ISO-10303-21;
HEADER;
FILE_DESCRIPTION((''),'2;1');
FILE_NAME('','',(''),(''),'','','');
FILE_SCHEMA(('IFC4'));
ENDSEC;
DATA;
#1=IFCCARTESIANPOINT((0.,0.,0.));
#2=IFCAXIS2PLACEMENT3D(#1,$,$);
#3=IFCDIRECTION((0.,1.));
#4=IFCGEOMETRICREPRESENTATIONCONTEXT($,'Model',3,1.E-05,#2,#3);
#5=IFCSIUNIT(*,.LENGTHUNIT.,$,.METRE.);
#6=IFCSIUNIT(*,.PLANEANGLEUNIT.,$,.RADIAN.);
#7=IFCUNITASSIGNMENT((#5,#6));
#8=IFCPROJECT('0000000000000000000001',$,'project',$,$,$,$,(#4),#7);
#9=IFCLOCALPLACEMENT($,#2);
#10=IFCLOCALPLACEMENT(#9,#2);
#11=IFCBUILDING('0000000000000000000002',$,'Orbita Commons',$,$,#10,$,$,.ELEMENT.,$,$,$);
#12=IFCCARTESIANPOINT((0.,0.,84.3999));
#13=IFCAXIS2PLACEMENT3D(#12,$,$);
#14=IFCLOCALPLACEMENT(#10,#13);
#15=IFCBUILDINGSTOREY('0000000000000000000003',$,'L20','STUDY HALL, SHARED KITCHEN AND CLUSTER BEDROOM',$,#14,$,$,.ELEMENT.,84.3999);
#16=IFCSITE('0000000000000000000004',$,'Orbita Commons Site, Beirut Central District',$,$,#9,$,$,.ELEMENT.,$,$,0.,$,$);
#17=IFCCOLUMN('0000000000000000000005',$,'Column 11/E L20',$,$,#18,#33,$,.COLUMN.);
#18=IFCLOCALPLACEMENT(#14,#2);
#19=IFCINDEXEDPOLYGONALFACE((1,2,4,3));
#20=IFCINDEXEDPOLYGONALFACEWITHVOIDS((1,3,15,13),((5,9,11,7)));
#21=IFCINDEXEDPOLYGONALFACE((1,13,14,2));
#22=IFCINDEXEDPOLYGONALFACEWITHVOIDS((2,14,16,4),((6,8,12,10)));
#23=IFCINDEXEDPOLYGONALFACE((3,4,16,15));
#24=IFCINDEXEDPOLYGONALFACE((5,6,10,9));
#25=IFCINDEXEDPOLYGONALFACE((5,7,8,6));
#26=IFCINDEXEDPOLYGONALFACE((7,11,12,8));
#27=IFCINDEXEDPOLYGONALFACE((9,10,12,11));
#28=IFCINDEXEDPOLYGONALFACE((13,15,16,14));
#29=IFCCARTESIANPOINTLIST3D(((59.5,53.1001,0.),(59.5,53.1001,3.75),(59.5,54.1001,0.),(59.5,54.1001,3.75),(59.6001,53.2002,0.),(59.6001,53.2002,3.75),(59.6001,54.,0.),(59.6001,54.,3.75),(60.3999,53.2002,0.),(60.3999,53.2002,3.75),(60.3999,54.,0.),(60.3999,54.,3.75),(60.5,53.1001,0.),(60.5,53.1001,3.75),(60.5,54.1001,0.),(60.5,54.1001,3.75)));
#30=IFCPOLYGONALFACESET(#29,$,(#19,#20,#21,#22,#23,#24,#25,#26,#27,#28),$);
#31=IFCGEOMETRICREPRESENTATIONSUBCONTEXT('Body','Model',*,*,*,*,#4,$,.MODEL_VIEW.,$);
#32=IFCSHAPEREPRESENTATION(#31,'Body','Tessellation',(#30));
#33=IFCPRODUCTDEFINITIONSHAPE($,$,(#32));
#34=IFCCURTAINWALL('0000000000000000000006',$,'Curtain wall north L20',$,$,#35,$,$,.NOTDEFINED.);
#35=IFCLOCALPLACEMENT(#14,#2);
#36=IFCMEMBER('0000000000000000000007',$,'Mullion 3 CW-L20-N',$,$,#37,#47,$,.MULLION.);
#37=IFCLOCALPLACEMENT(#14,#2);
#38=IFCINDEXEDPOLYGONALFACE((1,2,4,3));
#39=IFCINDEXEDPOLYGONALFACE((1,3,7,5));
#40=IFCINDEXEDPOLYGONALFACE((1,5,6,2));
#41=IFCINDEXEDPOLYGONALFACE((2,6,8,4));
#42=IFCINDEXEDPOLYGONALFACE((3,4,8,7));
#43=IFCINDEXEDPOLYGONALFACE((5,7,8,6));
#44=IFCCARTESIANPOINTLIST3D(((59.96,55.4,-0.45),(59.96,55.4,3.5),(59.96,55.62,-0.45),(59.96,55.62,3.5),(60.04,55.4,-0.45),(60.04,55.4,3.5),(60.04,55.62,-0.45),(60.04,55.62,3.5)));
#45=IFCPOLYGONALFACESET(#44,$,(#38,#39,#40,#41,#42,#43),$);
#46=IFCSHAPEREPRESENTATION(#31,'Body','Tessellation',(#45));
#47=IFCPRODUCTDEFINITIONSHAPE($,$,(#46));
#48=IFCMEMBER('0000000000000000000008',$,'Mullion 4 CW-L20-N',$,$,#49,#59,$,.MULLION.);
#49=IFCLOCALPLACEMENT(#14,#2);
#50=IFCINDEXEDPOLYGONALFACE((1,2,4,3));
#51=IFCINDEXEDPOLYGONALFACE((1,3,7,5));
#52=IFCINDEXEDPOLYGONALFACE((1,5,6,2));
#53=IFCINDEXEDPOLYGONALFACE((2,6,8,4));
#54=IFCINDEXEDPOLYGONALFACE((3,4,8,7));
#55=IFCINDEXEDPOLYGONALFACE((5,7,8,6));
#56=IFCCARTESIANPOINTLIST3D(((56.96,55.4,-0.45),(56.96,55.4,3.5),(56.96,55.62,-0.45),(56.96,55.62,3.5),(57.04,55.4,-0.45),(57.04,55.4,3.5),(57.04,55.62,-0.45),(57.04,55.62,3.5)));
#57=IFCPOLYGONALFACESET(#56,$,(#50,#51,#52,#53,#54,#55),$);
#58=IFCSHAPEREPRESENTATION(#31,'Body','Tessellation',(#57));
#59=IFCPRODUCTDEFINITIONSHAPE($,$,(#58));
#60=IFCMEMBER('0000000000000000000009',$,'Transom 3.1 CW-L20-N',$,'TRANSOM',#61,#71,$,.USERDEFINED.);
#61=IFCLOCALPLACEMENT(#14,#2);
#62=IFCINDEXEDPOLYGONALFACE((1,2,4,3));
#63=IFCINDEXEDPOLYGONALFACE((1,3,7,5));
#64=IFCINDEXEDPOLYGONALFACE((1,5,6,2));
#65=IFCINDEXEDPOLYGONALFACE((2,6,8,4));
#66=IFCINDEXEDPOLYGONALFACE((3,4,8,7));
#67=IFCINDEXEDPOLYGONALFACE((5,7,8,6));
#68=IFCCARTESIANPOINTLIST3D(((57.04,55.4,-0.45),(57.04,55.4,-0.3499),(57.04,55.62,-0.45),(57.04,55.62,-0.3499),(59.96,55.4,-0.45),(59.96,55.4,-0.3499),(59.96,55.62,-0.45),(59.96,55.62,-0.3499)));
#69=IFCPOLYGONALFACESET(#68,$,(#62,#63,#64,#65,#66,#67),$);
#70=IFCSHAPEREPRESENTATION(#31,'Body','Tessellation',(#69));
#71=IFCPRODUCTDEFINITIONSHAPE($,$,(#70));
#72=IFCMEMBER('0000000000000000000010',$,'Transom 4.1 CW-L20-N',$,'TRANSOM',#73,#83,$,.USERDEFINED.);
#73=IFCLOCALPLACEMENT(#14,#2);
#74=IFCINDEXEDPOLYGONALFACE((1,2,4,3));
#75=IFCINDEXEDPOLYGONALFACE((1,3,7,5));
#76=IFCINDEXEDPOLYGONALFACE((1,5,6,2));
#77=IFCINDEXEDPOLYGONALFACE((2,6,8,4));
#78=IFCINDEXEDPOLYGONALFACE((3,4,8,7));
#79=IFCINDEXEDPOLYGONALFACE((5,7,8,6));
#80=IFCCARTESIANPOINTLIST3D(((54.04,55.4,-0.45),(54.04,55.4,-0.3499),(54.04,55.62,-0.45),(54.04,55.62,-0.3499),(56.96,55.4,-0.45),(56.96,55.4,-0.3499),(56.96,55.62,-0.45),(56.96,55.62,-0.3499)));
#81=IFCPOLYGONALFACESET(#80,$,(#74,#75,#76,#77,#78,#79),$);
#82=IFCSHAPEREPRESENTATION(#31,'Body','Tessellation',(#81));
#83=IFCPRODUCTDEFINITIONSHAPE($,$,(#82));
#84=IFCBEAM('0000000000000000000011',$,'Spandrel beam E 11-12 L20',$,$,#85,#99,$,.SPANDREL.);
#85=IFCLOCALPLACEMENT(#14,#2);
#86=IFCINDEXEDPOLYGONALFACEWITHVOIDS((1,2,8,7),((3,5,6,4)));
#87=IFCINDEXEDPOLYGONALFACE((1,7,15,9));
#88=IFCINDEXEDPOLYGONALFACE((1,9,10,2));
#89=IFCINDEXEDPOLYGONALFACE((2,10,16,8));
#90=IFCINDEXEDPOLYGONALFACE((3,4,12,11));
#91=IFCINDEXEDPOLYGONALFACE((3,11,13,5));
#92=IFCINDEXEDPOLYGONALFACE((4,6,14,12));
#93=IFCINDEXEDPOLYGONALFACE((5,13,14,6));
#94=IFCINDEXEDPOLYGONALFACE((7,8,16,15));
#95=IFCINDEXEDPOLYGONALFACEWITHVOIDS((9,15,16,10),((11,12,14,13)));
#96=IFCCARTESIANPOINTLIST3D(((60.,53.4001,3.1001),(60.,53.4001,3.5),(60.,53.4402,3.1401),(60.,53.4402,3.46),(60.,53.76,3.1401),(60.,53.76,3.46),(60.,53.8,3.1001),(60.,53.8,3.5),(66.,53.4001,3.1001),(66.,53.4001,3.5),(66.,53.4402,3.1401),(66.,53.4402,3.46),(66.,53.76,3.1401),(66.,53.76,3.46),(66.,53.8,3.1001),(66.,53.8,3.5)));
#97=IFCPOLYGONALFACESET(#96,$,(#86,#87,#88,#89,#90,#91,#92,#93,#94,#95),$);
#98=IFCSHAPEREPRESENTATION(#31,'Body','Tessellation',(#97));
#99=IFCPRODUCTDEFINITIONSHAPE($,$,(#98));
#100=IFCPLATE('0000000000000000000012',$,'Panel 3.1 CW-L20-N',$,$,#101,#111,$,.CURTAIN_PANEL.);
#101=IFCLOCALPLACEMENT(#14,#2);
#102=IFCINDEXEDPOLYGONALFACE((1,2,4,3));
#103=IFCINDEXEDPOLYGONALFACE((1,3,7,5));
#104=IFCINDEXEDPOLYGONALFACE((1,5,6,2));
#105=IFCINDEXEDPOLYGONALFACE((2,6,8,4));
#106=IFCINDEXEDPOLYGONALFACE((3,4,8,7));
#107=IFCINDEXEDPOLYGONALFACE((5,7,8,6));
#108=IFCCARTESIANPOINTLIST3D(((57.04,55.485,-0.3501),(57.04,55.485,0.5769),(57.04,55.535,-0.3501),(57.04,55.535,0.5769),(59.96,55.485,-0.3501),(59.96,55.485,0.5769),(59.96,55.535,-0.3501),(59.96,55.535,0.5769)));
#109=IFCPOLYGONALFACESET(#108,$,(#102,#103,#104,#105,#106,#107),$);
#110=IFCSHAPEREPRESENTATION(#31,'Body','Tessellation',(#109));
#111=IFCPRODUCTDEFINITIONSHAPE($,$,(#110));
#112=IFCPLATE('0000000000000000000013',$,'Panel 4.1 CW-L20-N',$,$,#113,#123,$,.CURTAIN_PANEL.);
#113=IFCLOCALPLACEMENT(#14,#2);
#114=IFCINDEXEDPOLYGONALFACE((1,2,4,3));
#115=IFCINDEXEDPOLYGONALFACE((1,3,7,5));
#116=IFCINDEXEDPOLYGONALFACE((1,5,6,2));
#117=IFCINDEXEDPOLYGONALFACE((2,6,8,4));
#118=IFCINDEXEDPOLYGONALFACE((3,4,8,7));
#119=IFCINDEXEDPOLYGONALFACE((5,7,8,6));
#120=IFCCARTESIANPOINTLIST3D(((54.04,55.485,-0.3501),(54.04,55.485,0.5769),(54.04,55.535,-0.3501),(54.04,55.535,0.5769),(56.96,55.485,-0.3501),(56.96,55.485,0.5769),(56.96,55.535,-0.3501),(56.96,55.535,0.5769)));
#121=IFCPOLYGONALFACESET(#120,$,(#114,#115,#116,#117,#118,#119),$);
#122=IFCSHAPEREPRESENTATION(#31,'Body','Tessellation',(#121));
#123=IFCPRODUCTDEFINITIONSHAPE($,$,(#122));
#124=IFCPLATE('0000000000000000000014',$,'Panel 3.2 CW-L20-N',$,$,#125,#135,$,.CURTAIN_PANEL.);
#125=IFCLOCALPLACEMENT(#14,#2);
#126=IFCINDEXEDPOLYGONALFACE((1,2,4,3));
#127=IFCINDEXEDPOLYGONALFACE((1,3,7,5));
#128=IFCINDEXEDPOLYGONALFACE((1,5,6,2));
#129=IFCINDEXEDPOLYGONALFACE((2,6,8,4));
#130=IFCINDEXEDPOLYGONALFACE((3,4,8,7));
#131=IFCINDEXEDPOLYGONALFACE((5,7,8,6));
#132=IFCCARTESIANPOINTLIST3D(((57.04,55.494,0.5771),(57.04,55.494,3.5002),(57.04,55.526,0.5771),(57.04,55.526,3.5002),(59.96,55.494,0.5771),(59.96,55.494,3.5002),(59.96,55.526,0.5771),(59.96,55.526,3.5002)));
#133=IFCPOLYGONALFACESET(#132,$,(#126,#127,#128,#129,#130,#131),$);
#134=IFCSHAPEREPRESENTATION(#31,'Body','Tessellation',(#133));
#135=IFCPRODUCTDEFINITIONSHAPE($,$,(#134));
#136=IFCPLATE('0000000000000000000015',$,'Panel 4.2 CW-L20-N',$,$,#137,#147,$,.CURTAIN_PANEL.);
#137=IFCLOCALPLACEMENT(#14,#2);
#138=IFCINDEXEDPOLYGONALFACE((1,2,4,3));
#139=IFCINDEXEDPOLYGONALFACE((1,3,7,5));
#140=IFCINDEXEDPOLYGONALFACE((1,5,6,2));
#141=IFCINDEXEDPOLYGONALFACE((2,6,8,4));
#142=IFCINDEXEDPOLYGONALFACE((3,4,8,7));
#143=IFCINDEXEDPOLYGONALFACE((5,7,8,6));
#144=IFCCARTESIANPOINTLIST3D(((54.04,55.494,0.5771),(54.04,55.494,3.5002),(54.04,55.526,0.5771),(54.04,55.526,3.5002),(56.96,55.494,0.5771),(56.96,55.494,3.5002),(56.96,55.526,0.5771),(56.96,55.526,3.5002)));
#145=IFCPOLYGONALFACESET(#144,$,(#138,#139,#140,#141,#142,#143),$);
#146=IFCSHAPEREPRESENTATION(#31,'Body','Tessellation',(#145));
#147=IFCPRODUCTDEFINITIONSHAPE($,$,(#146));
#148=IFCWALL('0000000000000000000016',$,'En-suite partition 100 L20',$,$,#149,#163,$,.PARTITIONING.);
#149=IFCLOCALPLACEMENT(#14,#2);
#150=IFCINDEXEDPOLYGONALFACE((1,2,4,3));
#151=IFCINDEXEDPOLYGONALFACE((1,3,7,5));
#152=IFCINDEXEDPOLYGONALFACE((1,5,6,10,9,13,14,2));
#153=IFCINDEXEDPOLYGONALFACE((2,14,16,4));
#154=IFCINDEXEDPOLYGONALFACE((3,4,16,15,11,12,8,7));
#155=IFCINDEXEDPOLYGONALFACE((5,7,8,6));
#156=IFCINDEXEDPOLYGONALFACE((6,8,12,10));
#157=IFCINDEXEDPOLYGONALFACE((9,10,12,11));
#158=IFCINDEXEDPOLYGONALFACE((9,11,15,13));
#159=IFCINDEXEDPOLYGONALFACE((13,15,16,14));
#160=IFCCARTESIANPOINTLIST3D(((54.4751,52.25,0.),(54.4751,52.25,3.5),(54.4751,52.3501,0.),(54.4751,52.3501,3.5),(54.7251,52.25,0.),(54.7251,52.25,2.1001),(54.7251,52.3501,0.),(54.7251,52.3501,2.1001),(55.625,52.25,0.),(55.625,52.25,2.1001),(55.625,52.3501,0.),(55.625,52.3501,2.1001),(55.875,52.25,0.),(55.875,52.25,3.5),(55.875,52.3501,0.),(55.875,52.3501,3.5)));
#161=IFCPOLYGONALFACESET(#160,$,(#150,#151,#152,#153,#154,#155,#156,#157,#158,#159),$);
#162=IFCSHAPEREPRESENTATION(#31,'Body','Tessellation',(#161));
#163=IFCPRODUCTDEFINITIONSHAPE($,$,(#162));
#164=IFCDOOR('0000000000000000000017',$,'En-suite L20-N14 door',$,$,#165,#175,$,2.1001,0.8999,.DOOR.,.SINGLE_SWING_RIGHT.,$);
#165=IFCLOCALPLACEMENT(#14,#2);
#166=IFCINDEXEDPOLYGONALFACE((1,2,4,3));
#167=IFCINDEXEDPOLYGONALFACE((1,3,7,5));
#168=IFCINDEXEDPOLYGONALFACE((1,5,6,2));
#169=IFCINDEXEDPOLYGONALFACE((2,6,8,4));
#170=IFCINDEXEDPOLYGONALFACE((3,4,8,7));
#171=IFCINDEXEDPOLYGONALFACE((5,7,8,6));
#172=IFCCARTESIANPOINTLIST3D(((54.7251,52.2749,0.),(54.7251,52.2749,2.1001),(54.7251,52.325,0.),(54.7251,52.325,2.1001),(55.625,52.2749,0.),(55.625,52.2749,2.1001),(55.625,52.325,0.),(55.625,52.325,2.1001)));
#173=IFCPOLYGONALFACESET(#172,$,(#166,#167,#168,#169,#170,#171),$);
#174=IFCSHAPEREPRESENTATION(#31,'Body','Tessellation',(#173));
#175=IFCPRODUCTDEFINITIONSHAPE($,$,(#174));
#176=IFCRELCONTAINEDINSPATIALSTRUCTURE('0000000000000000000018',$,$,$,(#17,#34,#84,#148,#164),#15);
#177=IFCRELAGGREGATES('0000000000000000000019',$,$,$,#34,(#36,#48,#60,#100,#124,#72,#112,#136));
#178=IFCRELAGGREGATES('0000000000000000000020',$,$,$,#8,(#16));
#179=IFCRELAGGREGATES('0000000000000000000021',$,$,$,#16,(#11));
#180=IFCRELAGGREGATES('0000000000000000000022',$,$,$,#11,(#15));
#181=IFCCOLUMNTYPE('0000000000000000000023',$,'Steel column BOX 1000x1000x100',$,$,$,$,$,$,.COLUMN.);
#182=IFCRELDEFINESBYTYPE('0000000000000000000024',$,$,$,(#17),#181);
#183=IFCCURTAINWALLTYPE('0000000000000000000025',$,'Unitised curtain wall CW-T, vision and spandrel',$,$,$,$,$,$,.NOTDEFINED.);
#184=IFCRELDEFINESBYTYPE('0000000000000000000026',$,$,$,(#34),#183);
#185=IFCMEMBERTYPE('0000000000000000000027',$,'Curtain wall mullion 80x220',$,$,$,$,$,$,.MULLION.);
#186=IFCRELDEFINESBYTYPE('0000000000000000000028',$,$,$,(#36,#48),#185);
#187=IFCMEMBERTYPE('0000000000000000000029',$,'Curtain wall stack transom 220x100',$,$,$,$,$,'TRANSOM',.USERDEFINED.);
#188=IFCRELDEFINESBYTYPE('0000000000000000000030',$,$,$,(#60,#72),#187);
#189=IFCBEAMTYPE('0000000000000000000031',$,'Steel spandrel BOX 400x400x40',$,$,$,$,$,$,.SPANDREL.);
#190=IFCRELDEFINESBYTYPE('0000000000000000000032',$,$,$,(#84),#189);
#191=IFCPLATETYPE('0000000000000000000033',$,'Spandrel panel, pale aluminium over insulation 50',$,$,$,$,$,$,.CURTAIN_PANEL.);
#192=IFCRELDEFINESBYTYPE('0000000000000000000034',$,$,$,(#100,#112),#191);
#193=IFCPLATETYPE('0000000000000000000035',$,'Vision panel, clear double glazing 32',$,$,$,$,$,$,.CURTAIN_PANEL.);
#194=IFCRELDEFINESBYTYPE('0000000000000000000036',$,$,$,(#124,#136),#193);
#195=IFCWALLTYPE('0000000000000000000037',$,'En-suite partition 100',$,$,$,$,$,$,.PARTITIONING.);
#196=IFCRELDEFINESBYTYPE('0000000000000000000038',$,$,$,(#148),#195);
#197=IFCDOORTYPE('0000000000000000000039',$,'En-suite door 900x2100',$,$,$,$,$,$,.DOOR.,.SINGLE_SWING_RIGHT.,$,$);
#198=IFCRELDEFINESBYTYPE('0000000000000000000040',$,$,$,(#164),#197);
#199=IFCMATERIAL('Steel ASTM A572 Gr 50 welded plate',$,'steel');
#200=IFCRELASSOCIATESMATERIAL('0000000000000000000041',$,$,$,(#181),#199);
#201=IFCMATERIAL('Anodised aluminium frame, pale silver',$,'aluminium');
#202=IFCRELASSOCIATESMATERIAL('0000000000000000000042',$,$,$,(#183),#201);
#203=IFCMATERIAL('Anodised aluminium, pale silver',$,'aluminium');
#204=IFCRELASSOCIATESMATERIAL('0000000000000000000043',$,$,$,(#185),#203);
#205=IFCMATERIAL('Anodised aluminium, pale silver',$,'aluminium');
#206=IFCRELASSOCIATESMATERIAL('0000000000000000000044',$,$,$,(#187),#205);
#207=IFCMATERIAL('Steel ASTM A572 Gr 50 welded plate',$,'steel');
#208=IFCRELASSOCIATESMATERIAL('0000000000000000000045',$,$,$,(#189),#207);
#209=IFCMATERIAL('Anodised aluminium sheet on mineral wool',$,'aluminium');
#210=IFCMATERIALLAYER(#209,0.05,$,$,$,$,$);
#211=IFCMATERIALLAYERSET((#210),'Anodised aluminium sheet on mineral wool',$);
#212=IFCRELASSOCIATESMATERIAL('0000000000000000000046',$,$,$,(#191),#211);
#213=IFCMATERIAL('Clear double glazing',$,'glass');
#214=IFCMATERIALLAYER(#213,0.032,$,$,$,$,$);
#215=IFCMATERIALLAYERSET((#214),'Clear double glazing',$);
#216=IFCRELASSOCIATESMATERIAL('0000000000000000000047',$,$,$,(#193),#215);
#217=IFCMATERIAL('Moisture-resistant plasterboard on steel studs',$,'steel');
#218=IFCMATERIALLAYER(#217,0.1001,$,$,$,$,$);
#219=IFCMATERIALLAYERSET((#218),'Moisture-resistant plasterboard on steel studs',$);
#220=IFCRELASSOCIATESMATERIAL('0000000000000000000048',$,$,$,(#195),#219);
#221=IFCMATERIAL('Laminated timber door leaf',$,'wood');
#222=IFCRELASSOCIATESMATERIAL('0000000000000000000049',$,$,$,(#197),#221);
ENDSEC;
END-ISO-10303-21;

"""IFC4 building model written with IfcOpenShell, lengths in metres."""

from ifc_helpers import new_model, si_unit, direction, frame, frame_2d, origin, origin_2d, place, context, subcontext, project, spatial, rectangle, hollow_rectangle, extrude, material, layer, layer_set, material_profile, profile_set, type_object, element, fill, aggregate, save


model = new_model("IFC4")

# Units and contexts
model_context = context("Model", 3, precision=1e-05, world=origin(), true_north=direction((0.0, 1.0)))
body_context = subcontext(model_context, "Body", "Model", "MODEL_VIEW")
ifc_project = project(units=[si_unit("LENGTHUNIT", "METRE"), si_unit("PLANEANGLEUNIT", "RADIAN")], contexts=[model_context])

# Site, building, storey
site_placement = place(None, origin())
site = spatial("IfcSite", under=ifc_project, at=site_placement, Name="Orbita Commons Site, Beirut Central District", CompositionType="ELEMENT", RefElevation=0.0)
building_placement = place(site_placement, origin())
building = spatial("IfcBuilding", under=site, at=building_placement, Name="Orbita Commons", CompositionType="ELEMENT")
storey_placement = place(building_placement, frame((0.0, 0.0, 84.3999)))
storey = spatial("IfcBuildingStorey", under=building, at=storey_placement, Name="L20", Description="STUDY HALL, SHARED KITCHEN AND CLUSTER BEDROOM", CompositionType="ELEMENT", Elevation=84.3999)

# Column
ifc_material_1 = material(Name="Steel ASTM A572 Gr 50 welded plate", Category="steel")
ifc_material_profile_1 = material_profile(ifc_material_1, hollow_rectangle(XDim=1.0, YDim=1.0, WallThickness=0.1001, at=origin_2d()), Name="BOX 1000x1000x100")
ifc_profile_set_1 = profile_set([ifc_material_profile_1], Name="Steel ASTM A572 Gr 50 welded plate")
column_type = type_object("IfcColumnType", Name="Steel column BOX 1000x1000x100", PredefinedType="COLUMN", material=ifc_profile_set_1)
column_placement = place(storey_placement, frame((60.0, 53.6001, 0.0), z_axis=(0.0, 0.0, 1.0), x_axis=(1.0, 0.0, 0.0)))
element("IfcColumn", 1, at=column_placement, inside=storey, type_object=column_type, Name="Column 11/E L20", PredefinedType="COLUMN", context=body_context, shape_type="SweptSolid", body=[
    extrude(hollow_rectangle(XDim=1.0, YDim=1.0, WallThickness=0.1001, at=origin_2d()), origin(), (0.0, 0.0, 1.0), 3.75),
])

# Curtain wall, members
ifc_material_2 = material(Name="Anodised aluminium frame, pale silver", Category="aluminium")
curtain_wall_type = type_object("IfcCurtainWallType", Name="Unitised curtain wall CW-T, vision and spandrel", PredefinedType="NOTDEFINED", material=ifc_material_2)
curtain_wall_placement = place(storey_placement, origin())
curtain_wall = element("IfcCurtainWall", 2, at=curtain_wall_placement, inside=storey, type_object=curtain_wall_type, Name="Curtain wall north L20", PredefinedType="NOTDEFINED")
ifc_material_3 = material(Name="Anodised aluminium, pale silver", Category="aluminium")
ifc_material_profile_2 = material_profile(ifc_material_3, rectangle(XDim=0.0801, YDim=0.22, at=origin_2d()), Name="AL 80x220")
ifc_profile_set_2 = profile_set([ifc_material_profile_2], Name="Anodised aluminium, pale silver")
member_type_1 = type_object("IfcMemberType", Name="Curtain wall mullion 80x220", PredefinedType="MULLION", material=ifc_profile_set_2)
member_1_placement = place(storey_placement, frame((60.0, 55.51, -0.45), z_axis=(0.0, 0.0, 1.0), x_axis=(-1.0, 0.0, 0.0)))
member_1 = element("IfcMember", 3, at=member_1_placement, type_object=member_type_1, Name="Mullion 3 CW-L20-N", PredefinedType="MULLION", context=body_context, shape_type="SweptSolid", body=[
    extrude(rectangle(XDim=0.0801, YDim=0.22, at=origin_2d()), origin(), (0.0, 0.0, 1.0), 3.95),
])
member_2_placement = place(storey_placement, frame((57.0, 55.51, -0.45), z_axis=(0.0, 0.0, 1.0), x_axis=(-1.0, 0.0, 0.0)))
member_2 = element("IfcMember", 4, at=member_2_placement, type_object=member_type_1, Name="Mullion 4 CW-L20-N", PredefinedType="MULLION", context=body_context, shape_type="SweptSolid", body=[
    extrude(rectangle(XDim=0.0801, YDim=0.22, at=origin_2d()), origin(), (0.0, 0.0, 1.0), 3.95),
])
ifc_material_4 = material(Name="Anodised aluminium, pale silver", Category="aluminium")
ifc_material_profile_3 = material_profile(ifc_material_4, rectangle(XDim=0.22, YDim=0.1001, at=origin_2d()), Name="AL 220x100")
ifc_profile_set_3 = profile_set([ifc_material_profile_3], Name="Anodised aluminium, pale silver")
member_type_2 = type_object("IfcMemberType", Name="Curtain wall stack transom 220x100", ElementType="TRANSOM", PredefinedType="USERDEFINED", material=ifc_profile_set_3)
member_3_placement = place(storey_placement, frame((59.96, 55.51, -0.3999), z_axis=(-1.0, 0.0, 0.0), x_axis=(0.0, -1.0, 0.0)))
member_3 = element("IfcMember", 5, at=member_3_placement, type_object=member_type_2, Name="Transom 3.1 CW-L20-N", ObjectType="TRANSOM", PredefinedType="USERDEFINED", context=body_context, shape_type="SweptSolid", body=[
    extrude(rectangle(XDim=0.22, YDim=0.1001, at=origin_2d()), origin(), (0.0, 0.0, 1.0), 2.9199),
])
member_4_placement = place(storey_placement, frame((56.96, 55.51, -0.3999), z_axis=(-1.0, 0.0, 0.0), x_axis=(0.0, -1.0, 0.0)))
member_4 = element("IfcMember", 6, at=member_4_placement, type_object=member_type_2, Name="Transom 4.1 CW-L20-N", ObjectType="TRANSOM", PredefinedType="USERDEFINED", context=body_context, shape_type="SweptSolid", body=[
    extrude(rectangle(XDim=0.22, YDim=0.1001, at=origin_2d()), origin(), (0.0, 0.0, 1.0), 2.9199),
])

# Beam
ifc_material_5 = material(Name="Steel ASTM A572 Gr 50 welded plate", Category="steel")
ifc_material_profile_4 = material_profile(ifc_material_5, hollow_rectangle(XDim=0.3999, YDim=0.3999, WallThickness=0.04, at=origin_2d()), Name="BOX 400x400x40")
ifc_profile_set_4 = profile_set([ifc_material_profile_4], Name="Steel ASTM A572 Gr 50 welded plate")
beam_type = type_object("IfcBeamType", Name="Steel spandrel BOX 400x400x40", PredefinedType="SPANDREL", material=ifc_profile_set_4)
beam_placement = place(storey_placement, frame((60.0, 53.6001, 3.3), z_axis=(1.0, 0.0, 0.0), x_axis=(0.0, 1.0, 0.0)))
element("IfcBeam", 7, at=beam_placement, inside=storey, type_object=beam_type, Name="Spandrel beam E 11-12 L20", PredefinedType="SPANDREL", context=body_context, shape_type="SweptSolid", body=[
    extrude(hollow_rectangle(XDim=0.3999, YDim=0.3999, WallThickness=0.04, at=origin_2d()), origin(), (0.0, 0.0, 1.0), 6.0),
])

# Plates
ifc_material_6 = material(Name="Anodised aluminium sheet on mineral wool", Category="aluminium")
ifc_layer_1 = layer(ifc_material_6, 0.05)
ifc_layer_set_1 = layer_set([ifc_layer_1], Name="Anodised aluminium sheet on mineral wool")
plate_type_1 = type_object("IfcPlateType", Name="Spandrel panel, pale aluminium over insulation 50", PredefinedType="CURTAIN_PANEL", material=ifc_layer_set_1)
plate_1_placement = place(storey_placement, frame((58.5, 55.51, -0.3501), z_axis=(0.0, 0.0, 1.0), x_axis=(-1.0, 0.0, 0.0)))
plate_1 = element("IfcPlate", 8, at=plate_1_placement, type_object=plate_type_1, Name="Panel 3.1 CW-L20-N", PredefinedType="CURTAIN_PANEL", context=body_context, shape_type="SweptSolid", body=[
    extrude(rectangle(XDim=2.9199, YDim=0.05, at=origin_2d()), origin(), (0.0, 0.0, 1.0), 0.927),
])
plate_2_placement = place(storey_placement, frame((55.5, 55.51, -0.3501), z_axis=(0.0, 0.0, 1.0), x_axis=(-1.0, 0.0, 0.0)))
plate_2 = element("IfcPlate", 9, at=plate_2_placement, type_object=plate_type_1, Name="Panel 4.1 CW-L20-N", PredefinedType="CURTAIN_PANEL", context=body_context, shape_type="SweptSolid", body=[
    extrude(rectangle(XDim=2.9199, YDim=0.05, at=origin_2d()), origin(), (0.0, 0.0, 1.0), 0.927),
])
ifc_material_7 = material(Name="Clear double glazing", Category="glass")
ifc_layer_2 = layer(ifc_material_7, 0.032)
ifc_layer_set_2 = layer_set([ifc_layer_2], Name="Clear double glazing")
plate_type_2 = type_object("IfcPlateType", Name="Vision panel, clear double glazing 32", PredefinedType="CURTAIN_PANEL", material=ifc_layer_set_2)
plate_3_placement = place(storey_placement, frame((58.5, 55.51, 0.5771), z_axis=(0.0, 0.0, 1.0), x_axis=(-1.0, 0.0, 0.0)))
plate_3 = element("IfcPlate", 10, at=plate_3_placement, type_object=plate_type_2, Name="Panel 3.2 CW-L20-N", PredefinedType="CURTAIN_PANEL", context=body_context, shape_type="SweptSolid", body=[
    extrude(rectangle(XDim=2.9199, YDim=0.032, at=origin_2d()), origin(), (0.0, 0.0, 1.0), 2.9231),
])
plate_4_placement = place(storey_placement, frame((55.5, 55.51, 0.5771), z_axis=(0.0, 0.0, 1.0), x_axis=(-1.0, 0.0, 0.0)))
plate_4 = element("IfcPlate", 11, at=plate_4_placement, type_object=plate_type_2, Name="Panel 4.2 CW-L20-N", PredefinedType="CURTAIN_PANEL", context=body_context, shape_type="SweptSolid", body=[
    extrude(rectangle(XDim=2.9199, YDim=0.032, at=origin_2d()), origin(), (0.0, 0.0, 1.0), 2.9231),
])
aggregate(curtain_wall, [member_1, member_2, member_3, plate_1, plate_3, member_4, plate_2, plate_4])

# Wall, opening, door
ifc_material_8 = material(Name="Moisture-resistant plasterboard on steel studs", Category="steel")
ifc_layer_3 = layer(ifc_material_8, 0.1001)
ifc_layer_set_3 = layer_set([ifc_layer_3], Name="Moisture-resistant plasterboard on steel studs")
wall_type_1 = type_object("IfcWallType", Name="En-suite partition 100", PredefinedType="PARTITIONING", material=ifc_layer_set_3)
wall_1_placement = place(storey_placement, frame((54.4751, 52.3, 0.0), z_axis=(0.0, 0.0, 1.0), x_axis=(1.0, 0.0, 0.0)))
wall_1 = element("IfcWall", 12, at=wall_1_placement, inside=storey, type_object=wall_type_1, Name="En-suite partition 100 L20", PredefinedType="PARTITIONING", context=body_context, shape_type="SweptSolid", body=[
    extrude(rectangle(XDim=1.3999, YDim=0.1001, at=frame_2d((0.7, 0.0))), origin(), (0.0, 0.0, 1.0), 3.5),
])
opening_1_placement = place(wall_1_placement, frame((0.25, 0.0, 0.0)))
opening_1 = element("IfcOpeningElement", 13, at=opening_1_placement, cuts=wall_1, PredefinedType="OPENING", context=body_context, shape_type="SweptSolid", body=[
    extrude(rectangle(XDim=0.8999, YDim=2.1001, at=frame_2d((0.45, 1.05))), frame((0.0, 0.0601, 0.0), z_axis=(0.0, -1.0, 0.0), x_axis=(1.0, 0.0, 0.0)), (0.0, 0.0, 1.0), 0.1201),
])
ifc_material_9 = material(Name="Laminated timber door leaf", Category="wood")
door_type = type_object("IfcDoorType", Name="En-suite door 900x2100", OperationType="SINGLE_SWING_RIGHT", PredefinedType="DOOR", material=ifc_material_9)
door_1_placement = place(opening_1_placement, origin())
door_1 = element("IfcDoor", 14, at=door_1_placement, inside=storey, type_object=door_type, Name="En-suite L20-N14 door", OperationType="SINGLE_SWING_RIGHT", OverallHeight=2.1001, OverallWidth=0.8999, PredefinedType="DOOR", context=body_context, shape_type="SweptSolid", body=[
    extrude(rectangle(XDim=0.8999, YDim=2.1001, at=frame_2d((0.45, 1.05))), frame((0.0, 0.0249, 0.0), z_axis=(0.0, -1.0, 0.0), x_axis=(1.0, 0.0, 0.0)), (0.0, 0.0, 1.0), 0.05),
])
fill(opening_1, door_1)

save(model, "model.ifc")
